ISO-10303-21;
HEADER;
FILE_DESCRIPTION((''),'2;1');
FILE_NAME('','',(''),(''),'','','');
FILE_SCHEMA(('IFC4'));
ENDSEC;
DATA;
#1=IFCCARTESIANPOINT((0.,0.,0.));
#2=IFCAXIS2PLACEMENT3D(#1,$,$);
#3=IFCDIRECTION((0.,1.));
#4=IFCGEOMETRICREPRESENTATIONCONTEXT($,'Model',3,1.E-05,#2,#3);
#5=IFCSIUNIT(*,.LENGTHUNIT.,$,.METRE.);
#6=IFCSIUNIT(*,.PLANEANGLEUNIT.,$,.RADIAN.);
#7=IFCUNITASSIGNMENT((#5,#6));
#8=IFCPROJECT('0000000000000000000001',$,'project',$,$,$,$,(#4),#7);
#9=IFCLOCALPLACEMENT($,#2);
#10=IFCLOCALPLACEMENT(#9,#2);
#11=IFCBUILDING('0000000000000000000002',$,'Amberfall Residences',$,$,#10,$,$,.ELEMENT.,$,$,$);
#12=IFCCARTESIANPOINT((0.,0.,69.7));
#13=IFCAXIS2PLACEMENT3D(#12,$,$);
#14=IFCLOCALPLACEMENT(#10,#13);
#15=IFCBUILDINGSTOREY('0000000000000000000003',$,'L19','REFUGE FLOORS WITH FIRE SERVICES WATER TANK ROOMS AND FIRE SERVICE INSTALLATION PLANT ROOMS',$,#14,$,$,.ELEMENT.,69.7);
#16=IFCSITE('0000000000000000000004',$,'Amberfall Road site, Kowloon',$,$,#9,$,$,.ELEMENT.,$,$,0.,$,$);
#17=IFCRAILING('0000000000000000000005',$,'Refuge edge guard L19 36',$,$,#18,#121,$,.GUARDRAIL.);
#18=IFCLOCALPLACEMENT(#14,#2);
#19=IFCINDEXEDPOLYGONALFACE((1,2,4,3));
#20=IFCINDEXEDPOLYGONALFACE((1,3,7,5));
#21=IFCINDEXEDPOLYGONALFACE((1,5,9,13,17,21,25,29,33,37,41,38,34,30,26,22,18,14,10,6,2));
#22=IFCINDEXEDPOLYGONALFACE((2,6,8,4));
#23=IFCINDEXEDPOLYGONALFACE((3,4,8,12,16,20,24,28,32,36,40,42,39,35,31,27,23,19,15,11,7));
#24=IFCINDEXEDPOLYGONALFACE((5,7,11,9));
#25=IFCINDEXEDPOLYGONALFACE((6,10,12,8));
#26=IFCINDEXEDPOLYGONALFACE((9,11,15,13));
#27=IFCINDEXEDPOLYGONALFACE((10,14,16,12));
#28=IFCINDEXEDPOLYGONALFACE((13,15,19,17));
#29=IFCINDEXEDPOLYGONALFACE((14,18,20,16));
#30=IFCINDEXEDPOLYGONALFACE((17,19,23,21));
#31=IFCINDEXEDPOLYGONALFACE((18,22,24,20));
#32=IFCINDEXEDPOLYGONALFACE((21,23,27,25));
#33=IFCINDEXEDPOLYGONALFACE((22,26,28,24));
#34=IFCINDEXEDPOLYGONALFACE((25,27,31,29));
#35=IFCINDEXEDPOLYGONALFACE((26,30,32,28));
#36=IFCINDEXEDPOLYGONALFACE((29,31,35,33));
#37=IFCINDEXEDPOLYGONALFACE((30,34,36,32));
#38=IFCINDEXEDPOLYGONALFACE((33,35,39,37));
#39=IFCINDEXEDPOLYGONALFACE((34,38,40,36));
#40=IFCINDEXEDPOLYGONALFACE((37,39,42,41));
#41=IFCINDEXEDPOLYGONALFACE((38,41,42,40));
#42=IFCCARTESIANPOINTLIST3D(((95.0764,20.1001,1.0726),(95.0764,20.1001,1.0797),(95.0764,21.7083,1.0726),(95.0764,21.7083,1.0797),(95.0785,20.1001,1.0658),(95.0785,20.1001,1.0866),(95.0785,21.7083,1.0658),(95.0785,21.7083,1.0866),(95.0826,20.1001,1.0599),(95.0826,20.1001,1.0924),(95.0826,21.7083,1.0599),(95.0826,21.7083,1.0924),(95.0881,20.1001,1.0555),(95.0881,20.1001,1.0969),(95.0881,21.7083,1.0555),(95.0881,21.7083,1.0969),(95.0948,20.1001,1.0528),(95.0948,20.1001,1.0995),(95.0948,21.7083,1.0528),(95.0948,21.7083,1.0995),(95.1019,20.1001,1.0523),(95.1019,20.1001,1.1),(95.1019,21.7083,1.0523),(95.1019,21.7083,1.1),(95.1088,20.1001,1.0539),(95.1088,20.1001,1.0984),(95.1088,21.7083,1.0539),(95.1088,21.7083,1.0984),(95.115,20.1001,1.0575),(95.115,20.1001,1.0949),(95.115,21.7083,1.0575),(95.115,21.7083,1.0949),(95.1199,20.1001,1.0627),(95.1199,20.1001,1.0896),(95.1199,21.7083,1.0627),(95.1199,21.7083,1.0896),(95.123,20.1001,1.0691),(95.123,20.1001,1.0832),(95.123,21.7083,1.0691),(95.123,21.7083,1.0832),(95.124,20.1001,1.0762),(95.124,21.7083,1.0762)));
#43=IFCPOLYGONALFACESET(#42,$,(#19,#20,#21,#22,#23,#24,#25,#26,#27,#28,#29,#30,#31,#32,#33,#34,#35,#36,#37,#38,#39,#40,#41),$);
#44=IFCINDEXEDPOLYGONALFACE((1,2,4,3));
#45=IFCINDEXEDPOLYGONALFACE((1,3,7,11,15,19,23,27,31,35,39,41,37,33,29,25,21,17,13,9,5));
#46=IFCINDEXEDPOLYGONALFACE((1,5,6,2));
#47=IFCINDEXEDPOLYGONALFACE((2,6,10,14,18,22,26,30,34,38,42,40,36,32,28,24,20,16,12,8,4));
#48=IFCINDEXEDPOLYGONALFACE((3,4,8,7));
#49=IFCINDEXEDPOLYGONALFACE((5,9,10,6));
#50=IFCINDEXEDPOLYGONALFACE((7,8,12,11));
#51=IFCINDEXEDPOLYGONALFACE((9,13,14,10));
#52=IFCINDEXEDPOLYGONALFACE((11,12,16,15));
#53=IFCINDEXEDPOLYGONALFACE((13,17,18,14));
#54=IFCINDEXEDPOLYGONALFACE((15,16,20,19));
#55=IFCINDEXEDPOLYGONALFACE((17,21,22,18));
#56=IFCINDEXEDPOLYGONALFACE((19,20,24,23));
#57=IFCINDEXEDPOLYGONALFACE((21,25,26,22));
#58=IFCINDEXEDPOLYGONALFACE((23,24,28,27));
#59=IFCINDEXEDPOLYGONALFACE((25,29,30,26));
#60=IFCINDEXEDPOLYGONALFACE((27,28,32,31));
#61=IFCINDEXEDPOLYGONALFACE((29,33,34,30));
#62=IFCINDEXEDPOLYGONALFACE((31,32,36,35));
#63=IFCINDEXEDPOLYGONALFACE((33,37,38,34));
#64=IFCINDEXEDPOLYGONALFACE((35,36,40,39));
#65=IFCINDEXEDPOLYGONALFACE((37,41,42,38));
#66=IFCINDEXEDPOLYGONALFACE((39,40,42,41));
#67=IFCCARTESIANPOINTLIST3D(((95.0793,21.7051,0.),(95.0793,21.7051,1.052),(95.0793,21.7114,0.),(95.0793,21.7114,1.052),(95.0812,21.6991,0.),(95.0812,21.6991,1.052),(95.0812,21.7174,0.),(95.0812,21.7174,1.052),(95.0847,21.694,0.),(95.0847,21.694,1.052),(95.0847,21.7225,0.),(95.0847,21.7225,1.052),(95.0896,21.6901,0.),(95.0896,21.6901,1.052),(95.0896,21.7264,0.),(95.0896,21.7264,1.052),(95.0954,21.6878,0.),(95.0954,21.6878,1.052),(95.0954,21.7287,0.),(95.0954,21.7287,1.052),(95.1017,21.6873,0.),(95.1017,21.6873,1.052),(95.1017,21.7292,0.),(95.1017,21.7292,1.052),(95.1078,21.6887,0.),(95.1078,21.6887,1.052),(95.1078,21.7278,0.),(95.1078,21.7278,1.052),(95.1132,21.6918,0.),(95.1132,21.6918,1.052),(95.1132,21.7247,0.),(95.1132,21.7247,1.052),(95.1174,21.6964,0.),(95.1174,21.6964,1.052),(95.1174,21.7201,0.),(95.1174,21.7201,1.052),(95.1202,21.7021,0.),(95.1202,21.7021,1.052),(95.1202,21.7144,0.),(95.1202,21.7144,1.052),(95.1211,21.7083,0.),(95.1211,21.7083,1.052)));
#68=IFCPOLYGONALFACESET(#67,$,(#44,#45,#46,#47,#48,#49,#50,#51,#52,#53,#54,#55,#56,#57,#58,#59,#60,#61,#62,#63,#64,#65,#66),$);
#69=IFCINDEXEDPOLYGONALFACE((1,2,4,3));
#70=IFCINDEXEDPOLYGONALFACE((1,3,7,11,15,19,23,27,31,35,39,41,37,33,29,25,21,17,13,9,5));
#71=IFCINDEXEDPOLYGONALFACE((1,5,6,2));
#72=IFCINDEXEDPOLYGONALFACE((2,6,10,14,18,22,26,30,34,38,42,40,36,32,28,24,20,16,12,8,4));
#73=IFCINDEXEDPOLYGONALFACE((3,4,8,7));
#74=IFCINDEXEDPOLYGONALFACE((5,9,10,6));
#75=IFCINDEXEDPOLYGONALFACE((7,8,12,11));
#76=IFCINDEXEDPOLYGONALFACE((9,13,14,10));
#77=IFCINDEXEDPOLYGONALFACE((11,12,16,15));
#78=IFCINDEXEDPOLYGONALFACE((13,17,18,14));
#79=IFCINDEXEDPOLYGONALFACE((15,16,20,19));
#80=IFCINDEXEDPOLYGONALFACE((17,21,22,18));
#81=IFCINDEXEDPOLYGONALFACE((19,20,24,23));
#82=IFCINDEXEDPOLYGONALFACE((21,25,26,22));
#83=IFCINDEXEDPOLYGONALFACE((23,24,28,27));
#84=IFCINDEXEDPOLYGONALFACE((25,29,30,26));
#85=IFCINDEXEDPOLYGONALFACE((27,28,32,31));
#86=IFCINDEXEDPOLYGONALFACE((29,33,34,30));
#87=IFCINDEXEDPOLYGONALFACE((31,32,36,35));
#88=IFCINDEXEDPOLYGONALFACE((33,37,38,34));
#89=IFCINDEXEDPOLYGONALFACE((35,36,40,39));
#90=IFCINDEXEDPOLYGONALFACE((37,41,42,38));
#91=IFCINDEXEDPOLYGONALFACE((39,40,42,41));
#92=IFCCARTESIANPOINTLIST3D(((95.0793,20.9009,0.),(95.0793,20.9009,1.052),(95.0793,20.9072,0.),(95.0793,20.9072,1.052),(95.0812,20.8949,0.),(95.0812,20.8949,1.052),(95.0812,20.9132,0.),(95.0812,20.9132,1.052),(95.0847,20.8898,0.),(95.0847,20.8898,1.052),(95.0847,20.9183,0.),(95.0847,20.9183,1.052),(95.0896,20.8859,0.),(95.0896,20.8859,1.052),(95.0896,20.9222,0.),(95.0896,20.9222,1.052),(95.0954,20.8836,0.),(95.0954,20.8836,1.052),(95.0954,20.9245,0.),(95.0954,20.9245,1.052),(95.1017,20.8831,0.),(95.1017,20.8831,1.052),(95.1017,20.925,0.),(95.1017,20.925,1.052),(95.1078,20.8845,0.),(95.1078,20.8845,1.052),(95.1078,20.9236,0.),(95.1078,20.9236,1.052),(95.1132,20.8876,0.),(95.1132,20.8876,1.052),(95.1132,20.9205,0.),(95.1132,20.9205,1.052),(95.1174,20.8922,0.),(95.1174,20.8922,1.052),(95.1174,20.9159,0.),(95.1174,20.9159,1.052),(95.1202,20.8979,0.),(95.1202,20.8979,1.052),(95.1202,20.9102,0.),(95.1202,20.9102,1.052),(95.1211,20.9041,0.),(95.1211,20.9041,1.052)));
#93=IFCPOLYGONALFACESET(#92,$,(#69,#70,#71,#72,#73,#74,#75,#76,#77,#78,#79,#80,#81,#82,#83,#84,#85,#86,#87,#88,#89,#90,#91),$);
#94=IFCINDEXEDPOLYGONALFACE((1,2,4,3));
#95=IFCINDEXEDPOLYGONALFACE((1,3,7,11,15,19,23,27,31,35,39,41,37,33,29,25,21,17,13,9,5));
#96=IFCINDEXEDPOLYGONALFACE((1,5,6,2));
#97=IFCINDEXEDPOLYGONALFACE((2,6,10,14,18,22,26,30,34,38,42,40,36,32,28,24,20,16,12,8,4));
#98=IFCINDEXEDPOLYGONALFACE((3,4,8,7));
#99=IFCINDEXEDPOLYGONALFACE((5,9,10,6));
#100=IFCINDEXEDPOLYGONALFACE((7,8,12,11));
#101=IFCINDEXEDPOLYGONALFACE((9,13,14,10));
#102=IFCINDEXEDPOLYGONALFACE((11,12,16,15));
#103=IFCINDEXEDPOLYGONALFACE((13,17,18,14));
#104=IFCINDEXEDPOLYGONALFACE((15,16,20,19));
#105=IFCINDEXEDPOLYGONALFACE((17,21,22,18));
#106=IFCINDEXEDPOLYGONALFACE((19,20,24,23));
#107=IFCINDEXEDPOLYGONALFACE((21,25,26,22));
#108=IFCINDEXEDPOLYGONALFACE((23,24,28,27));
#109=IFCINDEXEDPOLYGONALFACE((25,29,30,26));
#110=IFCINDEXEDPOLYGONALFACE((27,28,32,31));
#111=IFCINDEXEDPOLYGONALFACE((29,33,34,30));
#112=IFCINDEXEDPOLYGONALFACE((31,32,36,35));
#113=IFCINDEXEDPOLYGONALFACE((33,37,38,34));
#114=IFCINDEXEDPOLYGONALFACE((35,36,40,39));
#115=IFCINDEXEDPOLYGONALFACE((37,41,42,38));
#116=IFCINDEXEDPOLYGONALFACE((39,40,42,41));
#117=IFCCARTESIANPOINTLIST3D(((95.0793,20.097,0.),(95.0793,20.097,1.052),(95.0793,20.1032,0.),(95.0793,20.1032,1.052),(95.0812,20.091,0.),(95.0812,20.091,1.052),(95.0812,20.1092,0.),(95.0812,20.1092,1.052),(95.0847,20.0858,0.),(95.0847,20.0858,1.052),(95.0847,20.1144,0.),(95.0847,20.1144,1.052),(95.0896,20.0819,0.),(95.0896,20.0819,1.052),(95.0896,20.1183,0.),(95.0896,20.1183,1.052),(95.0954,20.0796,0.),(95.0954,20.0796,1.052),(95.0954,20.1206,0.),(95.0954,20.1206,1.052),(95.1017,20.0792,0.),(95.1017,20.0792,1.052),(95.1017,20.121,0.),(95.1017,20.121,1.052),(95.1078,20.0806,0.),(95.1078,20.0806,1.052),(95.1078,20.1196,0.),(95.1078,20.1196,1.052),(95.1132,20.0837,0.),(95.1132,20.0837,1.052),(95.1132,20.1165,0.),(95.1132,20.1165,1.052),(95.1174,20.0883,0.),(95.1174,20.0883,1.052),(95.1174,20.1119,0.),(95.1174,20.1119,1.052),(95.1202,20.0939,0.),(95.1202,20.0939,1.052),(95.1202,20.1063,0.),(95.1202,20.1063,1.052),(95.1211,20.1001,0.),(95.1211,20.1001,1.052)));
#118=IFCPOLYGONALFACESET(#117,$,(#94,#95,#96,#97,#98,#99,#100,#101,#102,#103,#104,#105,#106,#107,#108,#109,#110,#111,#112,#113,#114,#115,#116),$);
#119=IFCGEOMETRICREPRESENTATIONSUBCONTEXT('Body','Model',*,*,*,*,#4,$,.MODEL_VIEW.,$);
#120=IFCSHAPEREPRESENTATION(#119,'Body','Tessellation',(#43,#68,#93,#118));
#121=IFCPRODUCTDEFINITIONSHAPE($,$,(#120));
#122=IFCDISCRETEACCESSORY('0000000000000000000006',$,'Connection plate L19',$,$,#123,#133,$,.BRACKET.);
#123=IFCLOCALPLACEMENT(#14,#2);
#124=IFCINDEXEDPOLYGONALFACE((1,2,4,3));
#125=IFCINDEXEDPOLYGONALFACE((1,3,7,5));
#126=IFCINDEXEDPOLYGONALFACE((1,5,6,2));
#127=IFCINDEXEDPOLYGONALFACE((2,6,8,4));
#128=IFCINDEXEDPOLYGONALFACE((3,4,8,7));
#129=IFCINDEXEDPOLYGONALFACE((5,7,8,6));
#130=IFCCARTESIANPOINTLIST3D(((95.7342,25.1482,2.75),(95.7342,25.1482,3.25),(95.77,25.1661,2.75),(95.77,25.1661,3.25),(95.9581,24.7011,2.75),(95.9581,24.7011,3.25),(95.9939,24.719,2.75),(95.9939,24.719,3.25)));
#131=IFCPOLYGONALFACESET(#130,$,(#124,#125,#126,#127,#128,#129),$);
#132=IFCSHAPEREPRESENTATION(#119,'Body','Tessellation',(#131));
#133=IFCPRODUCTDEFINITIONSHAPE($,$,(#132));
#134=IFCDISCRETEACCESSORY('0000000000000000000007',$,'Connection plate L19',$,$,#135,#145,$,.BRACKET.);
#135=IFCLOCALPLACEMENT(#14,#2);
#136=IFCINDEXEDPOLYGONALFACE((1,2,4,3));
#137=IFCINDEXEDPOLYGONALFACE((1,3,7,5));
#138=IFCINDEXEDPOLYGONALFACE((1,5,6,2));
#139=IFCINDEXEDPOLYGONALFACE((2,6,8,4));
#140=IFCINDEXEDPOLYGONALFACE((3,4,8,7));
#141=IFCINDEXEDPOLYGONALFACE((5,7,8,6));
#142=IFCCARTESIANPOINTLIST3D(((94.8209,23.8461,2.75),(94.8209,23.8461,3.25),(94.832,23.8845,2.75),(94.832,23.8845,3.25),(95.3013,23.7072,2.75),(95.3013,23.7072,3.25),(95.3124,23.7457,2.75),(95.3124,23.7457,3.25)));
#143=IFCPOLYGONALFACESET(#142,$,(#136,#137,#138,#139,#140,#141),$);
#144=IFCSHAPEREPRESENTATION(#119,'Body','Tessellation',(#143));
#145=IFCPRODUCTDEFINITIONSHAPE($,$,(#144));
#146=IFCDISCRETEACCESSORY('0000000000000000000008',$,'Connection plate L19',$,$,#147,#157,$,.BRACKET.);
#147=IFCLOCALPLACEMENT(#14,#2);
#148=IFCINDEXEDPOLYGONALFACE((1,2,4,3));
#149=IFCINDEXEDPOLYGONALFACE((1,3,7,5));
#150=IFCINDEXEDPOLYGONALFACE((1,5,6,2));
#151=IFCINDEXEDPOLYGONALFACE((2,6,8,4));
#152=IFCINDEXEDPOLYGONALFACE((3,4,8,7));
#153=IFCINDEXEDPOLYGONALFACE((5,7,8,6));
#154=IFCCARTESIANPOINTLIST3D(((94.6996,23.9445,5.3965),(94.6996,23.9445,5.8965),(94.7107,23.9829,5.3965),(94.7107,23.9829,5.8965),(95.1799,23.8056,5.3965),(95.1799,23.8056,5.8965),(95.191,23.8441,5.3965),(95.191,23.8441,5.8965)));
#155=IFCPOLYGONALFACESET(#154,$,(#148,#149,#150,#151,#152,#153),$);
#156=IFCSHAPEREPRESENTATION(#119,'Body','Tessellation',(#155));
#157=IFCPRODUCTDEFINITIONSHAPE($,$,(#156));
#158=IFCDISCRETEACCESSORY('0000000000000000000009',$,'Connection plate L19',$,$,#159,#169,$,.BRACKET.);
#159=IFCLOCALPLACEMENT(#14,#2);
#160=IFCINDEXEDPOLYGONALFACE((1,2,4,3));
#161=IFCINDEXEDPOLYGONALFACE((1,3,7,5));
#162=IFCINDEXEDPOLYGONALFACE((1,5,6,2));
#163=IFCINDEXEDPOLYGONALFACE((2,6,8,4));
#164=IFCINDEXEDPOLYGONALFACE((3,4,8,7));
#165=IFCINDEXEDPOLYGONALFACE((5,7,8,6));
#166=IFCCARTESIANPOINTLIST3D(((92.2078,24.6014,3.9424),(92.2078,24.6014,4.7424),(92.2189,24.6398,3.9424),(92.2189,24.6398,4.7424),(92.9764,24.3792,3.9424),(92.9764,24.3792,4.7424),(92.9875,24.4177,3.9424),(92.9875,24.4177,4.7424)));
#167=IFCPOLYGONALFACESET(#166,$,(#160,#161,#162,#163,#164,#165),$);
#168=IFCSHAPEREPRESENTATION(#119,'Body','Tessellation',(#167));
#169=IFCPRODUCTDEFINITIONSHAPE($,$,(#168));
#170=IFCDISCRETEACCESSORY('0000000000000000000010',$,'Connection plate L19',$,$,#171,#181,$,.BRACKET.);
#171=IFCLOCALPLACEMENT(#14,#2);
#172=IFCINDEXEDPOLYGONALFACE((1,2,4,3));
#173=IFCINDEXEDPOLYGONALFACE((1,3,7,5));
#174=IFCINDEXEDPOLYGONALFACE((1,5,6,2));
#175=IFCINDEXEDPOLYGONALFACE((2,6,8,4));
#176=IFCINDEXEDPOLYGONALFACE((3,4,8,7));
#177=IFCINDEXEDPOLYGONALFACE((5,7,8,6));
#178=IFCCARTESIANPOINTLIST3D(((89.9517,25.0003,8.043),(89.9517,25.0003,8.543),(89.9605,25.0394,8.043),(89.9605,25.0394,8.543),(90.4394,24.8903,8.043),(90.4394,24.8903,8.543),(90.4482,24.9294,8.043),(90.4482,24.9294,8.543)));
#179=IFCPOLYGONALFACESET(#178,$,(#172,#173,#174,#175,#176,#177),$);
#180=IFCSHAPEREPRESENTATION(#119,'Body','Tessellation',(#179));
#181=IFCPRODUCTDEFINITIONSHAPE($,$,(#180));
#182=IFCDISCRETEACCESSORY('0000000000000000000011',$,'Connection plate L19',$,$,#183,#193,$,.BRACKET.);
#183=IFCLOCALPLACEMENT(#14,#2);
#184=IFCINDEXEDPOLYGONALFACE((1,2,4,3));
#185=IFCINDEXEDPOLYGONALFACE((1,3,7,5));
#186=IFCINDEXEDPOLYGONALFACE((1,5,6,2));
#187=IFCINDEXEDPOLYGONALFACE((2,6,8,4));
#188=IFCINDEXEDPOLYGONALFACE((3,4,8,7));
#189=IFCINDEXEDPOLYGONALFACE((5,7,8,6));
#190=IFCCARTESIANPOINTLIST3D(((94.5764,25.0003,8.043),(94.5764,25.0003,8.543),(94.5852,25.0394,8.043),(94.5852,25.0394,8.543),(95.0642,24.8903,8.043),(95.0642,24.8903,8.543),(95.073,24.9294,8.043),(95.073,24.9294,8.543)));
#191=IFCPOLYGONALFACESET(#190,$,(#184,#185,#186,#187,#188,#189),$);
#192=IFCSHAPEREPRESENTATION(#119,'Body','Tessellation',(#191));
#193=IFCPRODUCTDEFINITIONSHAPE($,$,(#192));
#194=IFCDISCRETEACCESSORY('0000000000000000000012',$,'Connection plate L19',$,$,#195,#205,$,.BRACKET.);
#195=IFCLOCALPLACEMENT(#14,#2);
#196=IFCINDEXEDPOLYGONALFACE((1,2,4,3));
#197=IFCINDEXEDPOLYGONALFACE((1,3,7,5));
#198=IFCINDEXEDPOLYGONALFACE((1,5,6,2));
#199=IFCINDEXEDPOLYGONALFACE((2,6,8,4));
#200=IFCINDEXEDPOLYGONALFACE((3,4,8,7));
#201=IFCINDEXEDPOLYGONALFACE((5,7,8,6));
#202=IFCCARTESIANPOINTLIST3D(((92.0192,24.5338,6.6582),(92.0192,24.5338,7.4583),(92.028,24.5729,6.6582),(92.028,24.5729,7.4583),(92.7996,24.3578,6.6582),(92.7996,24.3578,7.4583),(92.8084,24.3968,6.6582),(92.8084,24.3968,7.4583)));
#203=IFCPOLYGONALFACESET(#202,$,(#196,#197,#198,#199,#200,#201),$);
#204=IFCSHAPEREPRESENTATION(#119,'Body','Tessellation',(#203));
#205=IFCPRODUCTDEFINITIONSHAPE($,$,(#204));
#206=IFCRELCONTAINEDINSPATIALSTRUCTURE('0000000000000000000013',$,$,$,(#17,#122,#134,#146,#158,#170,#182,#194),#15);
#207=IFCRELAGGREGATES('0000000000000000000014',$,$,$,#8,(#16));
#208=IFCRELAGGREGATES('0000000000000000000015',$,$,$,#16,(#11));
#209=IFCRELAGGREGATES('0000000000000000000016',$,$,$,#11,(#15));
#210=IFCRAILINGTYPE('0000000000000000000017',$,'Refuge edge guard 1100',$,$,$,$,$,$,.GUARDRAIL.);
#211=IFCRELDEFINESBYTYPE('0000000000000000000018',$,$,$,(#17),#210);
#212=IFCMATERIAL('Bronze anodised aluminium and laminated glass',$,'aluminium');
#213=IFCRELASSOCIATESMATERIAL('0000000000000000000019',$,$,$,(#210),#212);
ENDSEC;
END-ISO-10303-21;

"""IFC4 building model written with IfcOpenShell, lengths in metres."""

from ifc_helpers import new_model, si_unit, direction, frame, origin, origin_2d, place, context, subcontext, project, spatial, rectangle, circle, extrude, material, type_object, element, save


model = new_model("IFC4")

# Units and contexts
model_context = context("Model", 3, precision=1e-05, world=origin(), true_north=direction((0.0, 1.0)))
body_context = subcontext(model_context, "Body", "Model", "MODEL_VIEW")
ifc_project = project(units=[si_unit("LENGTHUNIT", "METRE"), si_unit("PLANEANGLEUNIT", "RADIAN")], contexts=[model_context])

# Site, building, storey
site_placement = place(None, origin())
site = spatial("IfcSite", under=ifc_project, at=site_placement, Name="Amberfall Road site, Kowloon", CompositionType="ELEMENT", RefElevation=0.0)
building_placement = place(site_placement, origin())
building = spatial("IfcBuilding", under=site, at=building_placement, Name="Amberfall Residences", CompositionType="ELEMENT")
storey_placement = place(building_placement, frame((0.0, 0.0, 69.7)))
storey = spatial("IfcBuildingStorey", under=building, at=storey_placement, Name="L19", Description="REFUGE FLOORS WITH FIRE SERVICES WATER TANK ROOMS AND FIRE SERVICE INSTALLATION PLANT ROOMS", CompositionType="ELEMENT", Elevation=69.7)

# Railing
ifc_material_1 = material(Name="Bronze anodised aluminium and laminated glass", Category="aluminium")
railing_type = type_object("IfcRailingType", Name="Refuge edge guard 1100", PredefinedType="GUARDRAIL", material=ifc_material_1)
railing_1_placement = place(storey_placement, frame((95.1001, 21.7083, 0.0)))
element("IfcRailing", 1, at=railing_1_placement, inside=storey, type_object=railing_type, Name="Refuge edge guard L19 36", PredefinedType="GUARDRAIL", context=body_context, shape_type="SweptSolid", body=[
    extrude(circle(Radius=0.0239, at=origin_2d()), frame((0.0, 0.0, 1.0762), z_axis=(0.0, -1.0, 0.0), x_axis=(1.0, 0.0, 0.0)), (0.0, 0.0, 1.0), 1.6082),
    extrude(circle(Radius=0.021, at=origin_2d()), origin(), (0.0, 0.0, 1.0), 1.052),
    extrude(circle(Radius=0.021, at=origin_2d()), frame((0.0, -0.8042, 0.0)), (0.0, 0.0, 1.0), 1.052),
    extrude(circle(Radius=0.021, at=origin_2d()), frame((0.0, -1.6082, 0.0)), (0.0, 0.0, 1.0), 1.052),
])

# Discrete accessories
for number, where, z_axis, x_axis, name in (
    (2, (95.864, 24.9336, 2.75), (0.0, 0.0, 1.0), (-0.447759, 0.894154, 0.0), "Connection plate L19"),
    (3, (95.0667, 23.7959, 2.75), (0.0, 0.0, 1.0), (-0.960677, 0.277667, 0.0), "Connection plate L19"),
    (4, (94.9453, 23.8943, 5.3965), (0.0, 0.0, 1.0), (-0.960677, 0.277667, 0.0), "Connection plate L19"),
):
    element("IfcDiscreteAccessory", number, at=place(storey_placement, frame(where, z_axis=z_axis, x_axis=x_axis)), inside=storey, Name=name, PredefinedType="BRACKET", context=body_context, shape_type="SweptSolid", body=[
        extrude(rectangle(XDim=0.5, YDim=0.04, at=origin_2d()), origin(), (0.0, 0.0, 1.0), 0.5),
    ])
discrete_accessory_1_placement = place(storey_placement, frame((92.5977, 24.5095, 3.9424), z_axis=(0.0, 0.0, 1.0), x_axis=(-0.960677, 0.277667, 0.0)))
element("IfcDiscreteAccessory", 5, at=discrete_accessory_1_placement, inside=storey, Name="Connection plate L19", PredefinedType="BRACKET", context=body_context, shape_type="SweptSolid", body=[
    extrude(rectangle(XDim=0.8, YDim=0.04, at=origin_2d()), origin(), (0.0, 0.0, 1.0), 0.8),
])
for number, where, z_axis, x_axis, name in (
    (6, (90.2, 24.9648, 8.043), (0.0, 0.0, 1.0), (-0.975488, 0.220051, 0.0), "Connection plate L19"),
    (7, (94.8247, 24.9648, 8.043), (0.0, 0.0, 1.0), (-0.975488, 0.220051, 0.0), "Connection plate L19"),
):
    element("IfcDiscreteAccessory", number, at=place(storey_placement, frame(where, z_axis=z_axis, x_axis=x_axis)), inside=storey, Name=name, PredefinedType="BRACKET", context=body_context, shape_type="SweptSolid", body=[
        extrude(rectangle(XDim=0.5, YDim=0.04, at=origin_2d()), origin(), (0.0, 0.0, 1.0), 0.5),
    ])
discrete_accessory_2_placement = place(storey_placement, frame((92.4138, 24.4653, 6.6582), z_axis=(0.0, 0.0, 1.0), x_axis=(-0.975488, 0.220051, 0.0)))
element("IfcDiscreteAccessory", 8, at=discrete_accessory_2_placement, inside=storey, Name="Connection plate L19", PredefinedType="BRACKET", context=body_context, shape_type="SweptSolid", body=[
    extrude(rectangle(XDim=0.8, YDim=0.04, at=origin_2d()), origin(), (0.0, 0.0, 1.0), 0.8),
])

save(model, "model.ifc")
